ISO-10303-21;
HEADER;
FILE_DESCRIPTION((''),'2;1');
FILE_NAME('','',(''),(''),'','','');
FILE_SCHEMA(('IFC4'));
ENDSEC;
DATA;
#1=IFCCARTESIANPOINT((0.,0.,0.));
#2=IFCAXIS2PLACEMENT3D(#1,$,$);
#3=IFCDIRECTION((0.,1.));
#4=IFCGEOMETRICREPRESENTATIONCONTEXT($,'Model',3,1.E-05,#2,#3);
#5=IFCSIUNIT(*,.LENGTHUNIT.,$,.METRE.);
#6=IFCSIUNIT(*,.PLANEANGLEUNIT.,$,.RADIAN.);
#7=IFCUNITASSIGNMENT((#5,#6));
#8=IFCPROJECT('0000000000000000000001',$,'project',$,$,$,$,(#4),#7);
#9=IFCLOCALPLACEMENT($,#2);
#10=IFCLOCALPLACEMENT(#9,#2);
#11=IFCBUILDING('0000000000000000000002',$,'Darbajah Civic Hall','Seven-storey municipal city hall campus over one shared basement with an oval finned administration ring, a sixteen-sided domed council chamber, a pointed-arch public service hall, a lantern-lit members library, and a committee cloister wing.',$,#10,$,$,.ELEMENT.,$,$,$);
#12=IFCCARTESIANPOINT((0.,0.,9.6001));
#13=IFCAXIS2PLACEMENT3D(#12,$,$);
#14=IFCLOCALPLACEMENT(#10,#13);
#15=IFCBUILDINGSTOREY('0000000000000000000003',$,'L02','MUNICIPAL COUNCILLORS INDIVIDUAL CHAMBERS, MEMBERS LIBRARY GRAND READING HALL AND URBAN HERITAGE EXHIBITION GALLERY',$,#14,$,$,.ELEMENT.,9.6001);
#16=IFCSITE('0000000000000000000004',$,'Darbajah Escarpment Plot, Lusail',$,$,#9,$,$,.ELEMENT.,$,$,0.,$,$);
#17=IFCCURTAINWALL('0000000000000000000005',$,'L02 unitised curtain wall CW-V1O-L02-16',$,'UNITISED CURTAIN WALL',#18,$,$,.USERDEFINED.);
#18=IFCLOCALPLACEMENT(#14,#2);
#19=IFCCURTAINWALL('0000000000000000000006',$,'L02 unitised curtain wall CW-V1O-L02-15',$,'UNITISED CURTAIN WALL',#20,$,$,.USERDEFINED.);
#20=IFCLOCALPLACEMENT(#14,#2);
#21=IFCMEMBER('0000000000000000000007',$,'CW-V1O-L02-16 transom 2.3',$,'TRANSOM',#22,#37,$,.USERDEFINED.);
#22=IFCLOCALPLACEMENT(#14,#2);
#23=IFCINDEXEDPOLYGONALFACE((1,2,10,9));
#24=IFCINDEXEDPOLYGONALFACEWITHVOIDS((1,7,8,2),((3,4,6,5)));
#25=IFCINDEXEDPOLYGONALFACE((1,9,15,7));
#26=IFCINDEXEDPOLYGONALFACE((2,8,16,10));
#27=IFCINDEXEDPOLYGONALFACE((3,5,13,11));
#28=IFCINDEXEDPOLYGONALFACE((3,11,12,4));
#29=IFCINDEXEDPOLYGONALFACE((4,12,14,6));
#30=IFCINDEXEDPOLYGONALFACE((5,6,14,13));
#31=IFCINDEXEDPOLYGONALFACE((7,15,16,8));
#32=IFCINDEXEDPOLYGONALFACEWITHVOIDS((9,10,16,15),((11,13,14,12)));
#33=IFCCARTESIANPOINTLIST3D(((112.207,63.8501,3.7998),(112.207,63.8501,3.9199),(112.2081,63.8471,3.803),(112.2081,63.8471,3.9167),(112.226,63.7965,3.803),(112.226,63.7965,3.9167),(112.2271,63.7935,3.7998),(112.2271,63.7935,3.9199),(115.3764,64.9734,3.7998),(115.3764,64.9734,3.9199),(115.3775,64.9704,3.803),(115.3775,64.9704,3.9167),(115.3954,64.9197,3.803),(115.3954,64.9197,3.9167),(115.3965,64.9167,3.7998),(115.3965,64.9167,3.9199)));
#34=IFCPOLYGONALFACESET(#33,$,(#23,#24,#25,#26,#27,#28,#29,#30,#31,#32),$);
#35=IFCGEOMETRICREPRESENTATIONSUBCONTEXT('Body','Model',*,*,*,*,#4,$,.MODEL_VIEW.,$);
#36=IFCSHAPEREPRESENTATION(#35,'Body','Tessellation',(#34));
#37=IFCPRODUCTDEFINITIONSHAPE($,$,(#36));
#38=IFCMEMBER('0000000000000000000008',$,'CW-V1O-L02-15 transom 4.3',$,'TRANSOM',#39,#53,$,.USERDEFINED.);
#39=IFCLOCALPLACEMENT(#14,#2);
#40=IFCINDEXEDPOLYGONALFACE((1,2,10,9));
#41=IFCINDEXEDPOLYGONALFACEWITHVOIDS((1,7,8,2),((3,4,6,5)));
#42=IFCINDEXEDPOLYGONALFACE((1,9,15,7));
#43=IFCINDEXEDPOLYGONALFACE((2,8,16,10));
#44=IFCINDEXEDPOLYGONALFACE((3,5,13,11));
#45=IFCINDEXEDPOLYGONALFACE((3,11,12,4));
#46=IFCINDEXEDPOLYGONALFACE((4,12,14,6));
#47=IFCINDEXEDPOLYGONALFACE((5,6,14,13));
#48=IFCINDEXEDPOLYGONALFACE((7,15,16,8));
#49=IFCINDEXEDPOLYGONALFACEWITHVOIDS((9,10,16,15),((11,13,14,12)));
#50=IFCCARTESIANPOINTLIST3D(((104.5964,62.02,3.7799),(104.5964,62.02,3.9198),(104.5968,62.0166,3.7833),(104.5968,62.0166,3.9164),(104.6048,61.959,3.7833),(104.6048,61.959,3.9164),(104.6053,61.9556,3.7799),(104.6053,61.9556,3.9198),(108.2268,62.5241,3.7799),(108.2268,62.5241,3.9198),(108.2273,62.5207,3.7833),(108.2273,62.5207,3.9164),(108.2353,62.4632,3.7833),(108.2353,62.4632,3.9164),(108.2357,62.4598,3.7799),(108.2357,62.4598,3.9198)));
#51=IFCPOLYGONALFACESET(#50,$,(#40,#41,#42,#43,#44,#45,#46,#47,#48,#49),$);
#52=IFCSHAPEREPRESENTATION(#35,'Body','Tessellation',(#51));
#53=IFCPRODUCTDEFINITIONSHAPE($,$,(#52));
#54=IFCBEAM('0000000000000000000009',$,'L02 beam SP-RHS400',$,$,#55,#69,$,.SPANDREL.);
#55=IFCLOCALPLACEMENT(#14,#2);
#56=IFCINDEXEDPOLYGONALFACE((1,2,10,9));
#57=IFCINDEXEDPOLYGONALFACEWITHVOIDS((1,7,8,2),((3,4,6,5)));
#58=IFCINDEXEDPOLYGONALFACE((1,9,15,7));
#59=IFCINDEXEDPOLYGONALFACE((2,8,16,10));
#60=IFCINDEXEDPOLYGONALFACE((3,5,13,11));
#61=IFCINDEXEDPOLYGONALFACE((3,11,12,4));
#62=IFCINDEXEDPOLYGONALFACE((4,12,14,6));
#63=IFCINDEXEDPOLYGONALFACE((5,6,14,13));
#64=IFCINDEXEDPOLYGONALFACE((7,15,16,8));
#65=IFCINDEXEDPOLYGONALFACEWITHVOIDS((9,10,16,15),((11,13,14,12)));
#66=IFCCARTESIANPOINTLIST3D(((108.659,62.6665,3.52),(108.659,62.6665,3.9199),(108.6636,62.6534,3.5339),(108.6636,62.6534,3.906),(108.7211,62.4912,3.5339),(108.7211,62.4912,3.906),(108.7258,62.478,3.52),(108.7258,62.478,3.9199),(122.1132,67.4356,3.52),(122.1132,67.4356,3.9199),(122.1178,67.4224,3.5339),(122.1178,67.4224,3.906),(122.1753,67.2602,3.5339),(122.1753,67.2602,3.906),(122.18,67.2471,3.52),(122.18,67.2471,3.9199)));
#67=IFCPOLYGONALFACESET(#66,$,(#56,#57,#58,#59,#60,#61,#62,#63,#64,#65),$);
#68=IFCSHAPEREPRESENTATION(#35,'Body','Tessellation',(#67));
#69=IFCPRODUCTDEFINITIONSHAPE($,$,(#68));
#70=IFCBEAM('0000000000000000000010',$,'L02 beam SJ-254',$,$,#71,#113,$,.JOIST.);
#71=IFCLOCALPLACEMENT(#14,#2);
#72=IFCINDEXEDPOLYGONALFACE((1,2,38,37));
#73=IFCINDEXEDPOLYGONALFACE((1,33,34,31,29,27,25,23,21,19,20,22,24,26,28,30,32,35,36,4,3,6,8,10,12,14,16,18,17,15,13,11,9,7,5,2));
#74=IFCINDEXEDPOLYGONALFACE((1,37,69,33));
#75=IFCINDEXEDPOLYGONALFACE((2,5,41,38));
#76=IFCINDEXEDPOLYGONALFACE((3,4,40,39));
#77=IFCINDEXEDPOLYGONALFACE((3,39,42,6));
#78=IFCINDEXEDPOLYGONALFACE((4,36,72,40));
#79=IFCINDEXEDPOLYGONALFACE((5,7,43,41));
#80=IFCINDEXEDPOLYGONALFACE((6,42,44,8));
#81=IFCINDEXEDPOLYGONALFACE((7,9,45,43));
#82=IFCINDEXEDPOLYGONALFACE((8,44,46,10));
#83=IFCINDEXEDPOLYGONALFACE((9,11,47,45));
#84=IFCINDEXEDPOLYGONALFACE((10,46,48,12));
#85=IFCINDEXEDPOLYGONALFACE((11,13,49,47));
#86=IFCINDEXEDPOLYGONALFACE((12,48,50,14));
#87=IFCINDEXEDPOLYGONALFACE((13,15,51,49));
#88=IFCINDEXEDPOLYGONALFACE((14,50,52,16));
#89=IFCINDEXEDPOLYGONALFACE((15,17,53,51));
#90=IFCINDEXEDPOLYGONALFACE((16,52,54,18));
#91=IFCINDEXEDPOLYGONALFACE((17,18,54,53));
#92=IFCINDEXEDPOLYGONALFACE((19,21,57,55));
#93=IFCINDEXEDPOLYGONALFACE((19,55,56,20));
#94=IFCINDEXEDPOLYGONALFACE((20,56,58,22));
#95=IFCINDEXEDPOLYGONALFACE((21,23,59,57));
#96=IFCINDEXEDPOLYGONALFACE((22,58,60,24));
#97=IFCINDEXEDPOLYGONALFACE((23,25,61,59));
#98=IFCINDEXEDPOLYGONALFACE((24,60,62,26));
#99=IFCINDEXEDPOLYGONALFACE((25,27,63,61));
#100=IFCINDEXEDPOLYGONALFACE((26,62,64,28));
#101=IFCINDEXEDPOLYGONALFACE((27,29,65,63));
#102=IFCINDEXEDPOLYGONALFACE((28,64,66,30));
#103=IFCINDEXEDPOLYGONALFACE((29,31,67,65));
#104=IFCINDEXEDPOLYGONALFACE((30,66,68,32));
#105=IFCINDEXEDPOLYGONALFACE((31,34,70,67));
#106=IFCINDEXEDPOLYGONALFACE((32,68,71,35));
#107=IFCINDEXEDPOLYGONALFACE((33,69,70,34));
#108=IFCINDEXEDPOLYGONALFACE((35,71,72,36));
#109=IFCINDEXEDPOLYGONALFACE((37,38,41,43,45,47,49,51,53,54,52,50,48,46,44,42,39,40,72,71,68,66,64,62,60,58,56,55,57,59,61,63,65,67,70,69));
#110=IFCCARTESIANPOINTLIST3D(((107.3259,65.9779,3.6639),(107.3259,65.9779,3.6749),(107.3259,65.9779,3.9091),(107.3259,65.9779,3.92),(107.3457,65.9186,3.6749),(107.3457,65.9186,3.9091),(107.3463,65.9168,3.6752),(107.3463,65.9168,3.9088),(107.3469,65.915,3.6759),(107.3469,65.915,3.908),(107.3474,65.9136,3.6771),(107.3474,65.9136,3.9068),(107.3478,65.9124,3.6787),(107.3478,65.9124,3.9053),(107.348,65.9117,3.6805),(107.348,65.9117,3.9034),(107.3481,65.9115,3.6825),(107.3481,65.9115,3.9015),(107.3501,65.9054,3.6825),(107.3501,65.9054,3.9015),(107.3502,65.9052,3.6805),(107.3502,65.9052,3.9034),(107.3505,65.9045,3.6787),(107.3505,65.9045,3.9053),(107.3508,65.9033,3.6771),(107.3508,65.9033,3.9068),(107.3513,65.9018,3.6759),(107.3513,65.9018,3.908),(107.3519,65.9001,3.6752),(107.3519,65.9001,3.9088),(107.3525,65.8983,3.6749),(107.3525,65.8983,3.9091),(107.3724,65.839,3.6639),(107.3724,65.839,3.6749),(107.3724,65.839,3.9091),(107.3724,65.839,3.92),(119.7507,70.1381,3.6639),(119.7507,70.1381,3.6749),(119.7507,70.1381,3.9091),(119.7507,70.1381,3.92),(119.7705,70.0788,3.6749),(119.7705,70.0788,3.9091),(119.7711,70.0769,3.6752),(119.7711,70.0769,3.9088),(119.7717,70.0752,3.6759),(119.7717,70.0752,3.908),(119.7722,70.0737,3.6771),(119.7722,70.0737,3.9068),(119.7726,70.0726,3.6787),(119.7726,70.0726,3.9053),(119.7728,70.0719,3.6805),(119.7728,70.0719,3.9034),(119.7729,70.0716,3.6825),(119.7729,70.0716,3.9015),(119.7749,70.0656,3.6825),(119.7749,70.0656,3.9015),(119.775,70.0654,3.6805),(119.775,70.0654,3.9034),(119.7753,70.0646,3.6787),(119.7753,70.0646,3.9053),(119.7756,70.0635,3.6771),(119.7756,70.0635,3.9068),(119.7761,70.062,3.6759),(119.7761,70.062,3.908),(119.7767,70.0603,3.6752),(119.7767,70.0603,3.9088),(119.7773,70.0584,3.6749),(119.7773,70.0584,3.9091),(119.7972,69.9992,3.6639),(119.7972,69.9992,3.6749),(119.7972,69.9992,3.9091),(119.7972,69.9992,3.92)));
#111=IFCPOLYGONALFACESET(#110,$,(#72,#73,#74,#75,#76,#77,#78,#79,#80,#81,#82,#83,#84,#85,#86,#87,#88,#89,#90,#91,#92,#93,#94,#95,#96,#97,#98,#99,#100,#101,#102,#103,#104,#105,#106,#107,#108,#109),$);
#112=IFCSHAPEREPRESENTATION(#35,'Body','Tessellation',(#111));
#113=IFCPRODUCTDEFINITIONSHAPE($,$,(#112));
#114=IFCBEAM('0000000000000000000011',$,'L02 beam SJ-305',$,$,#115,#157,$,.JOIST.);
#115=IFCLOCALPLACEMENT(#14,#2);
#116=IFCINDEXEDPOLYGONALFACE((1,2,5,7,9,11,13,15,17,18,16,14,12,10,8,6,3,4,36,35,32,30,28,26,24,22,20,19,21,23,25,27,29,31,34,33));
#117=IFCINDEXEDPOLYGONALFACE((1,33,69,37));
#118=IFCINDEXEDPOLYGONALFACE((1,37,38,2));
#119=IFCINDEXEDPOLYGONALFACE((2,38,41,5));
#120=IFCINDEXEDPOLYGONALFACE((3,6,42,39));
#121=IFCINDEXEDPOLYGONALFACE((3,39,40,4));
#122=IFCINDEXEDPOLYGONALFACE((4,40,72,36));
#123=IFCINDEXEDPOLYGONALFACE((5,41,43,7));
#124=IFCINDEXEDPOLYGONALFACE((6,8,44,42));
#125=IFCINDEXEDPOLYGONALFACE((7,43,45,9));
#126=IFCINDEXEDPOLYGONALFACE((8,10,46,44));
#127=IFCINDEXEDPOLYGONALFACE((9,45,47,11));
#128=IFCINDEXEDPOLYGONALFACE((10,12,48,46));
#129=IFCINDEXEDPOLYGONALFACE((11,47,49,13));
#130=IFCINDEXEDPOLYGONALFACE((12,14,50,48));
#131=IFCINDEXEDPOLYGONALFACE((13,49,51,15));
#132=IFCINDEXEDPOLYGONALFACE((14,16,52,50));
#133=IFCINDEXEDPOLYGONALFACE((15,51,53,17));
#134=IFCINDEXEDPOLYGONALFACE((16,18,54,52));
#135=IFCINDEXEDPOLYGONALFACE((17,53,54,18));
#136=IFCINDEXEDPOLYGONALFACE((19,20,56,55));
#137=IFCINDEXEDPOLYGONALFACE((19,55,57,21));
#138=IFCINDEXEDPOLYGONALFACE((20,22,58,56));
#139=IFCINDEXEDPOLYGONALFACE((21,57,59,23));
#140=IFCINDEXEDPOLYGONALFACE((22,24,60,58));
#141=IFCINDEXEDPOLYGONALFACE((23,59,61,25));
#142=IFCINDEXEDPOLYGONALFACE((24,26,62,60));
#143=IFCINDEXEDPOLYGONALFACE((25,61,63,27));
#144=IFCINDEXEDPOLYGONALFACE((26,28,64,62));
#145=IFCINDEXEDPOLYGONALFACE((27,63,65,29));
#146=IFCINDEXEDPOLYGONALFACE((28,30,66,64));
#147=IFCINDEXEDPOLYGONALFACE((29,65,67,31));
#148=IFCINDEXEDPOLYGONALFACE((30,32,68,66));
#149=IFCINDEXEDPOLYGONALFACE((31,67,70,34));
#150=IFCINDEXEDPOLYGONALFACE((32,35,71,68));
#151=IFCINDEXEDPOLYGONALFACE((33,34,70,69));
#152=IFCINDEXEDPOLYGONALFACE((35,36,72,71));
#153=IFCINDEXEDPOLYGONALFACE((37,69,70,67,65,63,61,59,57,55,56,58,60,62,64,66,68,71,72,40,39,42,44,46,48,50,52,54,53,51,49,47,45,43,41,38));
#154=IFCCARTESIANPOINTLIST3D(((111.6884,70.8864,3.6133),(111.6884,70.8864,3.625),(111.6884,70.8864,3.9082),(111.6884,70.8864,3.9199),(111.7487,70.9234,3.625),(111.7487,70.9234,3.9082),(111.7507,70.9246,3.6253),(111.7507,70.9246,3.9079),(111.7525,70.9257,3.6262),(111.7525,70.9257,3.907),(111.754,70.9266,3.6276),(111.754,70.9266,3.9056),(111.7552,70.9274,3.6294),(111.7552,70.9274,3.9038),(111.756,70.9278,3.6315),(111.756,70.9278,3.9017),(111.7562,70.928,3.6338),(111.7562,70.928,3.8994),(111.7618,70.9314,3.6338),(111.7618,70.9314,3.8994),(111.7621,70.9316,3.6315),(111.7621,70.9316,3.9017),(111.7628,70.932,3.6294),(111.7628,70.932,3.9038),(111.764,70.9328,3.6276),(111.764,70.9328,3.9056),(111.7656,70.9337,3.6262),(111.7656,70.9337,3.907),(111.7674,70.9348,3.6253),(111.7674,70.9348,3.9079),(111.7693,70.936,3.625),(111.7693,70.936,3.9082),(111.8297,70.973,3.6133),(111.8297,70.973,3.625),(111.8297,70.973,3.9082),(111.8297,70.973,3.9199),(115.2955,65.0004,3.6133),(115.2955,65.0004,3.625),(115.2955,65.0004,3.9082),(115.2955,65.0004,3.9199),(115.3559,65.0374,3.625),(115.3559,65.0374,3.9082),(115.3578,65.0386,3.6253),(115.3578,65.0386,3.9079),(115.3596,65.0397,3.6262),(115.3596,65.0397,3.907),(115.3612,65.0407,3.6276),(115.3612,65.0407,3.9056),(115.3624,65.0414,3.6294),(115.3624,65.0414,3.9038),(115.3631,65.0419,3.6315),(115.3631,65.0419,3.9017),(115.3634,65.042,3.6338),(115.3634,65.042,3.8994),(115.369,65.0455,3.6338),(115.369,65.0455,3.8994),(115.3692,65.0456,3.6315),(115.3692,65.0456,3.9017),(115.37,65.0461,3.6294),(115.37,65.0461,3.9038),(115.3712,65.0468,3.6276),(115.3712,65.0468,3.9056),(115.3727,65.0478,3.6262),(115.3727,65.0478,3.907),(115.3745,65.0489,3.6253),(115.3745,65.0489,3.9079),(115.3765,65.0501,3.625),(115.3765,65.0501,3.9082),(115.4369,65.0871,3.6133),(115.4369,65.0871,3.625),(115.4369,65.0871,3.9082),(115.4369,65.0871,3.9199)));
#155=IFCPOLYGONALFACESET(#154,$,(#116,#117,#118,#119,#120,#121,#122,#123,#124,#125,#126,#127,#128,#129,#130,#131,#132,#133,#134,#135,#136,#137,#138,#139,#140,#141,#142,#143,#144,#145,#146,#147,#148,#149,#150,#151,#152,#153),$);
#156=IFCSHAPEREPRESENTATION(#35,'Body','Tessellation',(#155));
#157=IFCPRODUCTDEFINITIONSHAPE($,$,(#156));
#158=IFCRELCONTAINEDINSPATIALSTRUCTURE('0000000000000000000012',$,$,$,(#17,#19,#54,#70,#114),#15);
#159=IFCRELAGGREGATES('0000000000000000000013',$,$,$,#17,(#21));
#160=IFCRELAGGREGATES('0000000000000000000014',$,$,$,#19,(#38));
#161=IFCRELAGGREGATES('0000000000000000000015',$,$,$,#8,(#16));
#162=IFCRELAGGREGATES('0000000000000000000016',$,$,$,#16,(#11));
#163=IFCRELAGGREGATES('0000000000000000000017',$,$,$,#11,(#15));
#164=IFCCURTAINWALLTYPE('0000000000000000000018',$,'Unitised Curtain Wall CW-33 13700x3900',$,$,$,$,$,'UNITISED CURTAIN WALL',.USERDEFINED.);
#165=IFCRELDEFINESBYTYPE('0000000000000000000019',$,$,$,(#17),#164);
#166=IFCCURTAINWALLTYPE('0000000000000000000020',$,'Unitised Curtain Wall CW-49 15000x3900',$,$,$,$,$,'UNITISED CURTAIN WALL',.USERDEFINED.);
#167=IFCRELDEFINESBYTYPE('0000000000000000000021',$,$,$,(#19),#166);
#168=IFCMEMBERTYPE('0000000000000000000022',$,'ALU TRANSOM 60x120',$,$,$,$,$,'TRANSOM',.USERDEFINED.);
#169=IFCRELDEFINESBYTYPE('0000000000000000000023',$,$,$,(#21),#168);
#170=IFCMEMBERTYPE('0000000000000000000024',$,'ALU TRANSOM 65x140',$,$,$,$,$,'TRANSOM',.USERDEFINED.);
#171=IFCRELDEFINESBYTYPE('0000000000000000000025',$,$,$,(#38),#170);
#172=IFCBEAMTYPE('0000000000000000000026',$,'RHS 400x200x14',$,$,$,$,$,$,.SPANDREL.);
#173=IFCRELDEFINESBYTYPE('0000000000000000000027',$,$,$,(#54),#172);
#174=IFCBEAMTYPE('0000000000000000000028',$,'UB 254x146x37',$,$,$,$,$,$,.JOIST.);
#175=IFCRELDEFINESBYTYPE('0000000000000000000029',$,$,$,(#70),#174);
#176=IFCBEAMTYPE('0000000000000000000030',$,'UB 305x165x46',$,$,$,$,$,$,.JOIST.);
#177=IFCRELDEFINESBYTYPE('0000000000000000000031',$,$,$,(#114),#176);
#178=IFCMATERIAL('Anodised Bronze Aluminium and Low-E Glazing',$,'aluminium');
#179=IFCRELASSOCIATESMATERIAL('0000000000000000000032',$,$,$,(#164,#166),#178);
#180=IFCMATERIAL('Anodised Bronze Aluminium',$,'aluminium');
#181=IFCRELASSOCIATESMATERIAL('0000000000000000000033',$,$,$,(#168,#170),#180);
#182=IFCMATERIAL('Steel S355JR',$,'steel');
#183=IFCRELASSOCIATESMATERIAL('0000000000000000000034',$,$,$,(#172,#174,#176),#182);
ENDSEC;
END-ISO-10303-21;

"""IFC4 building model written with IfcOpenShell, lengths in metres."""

from ifc_helpers import new_model, si_unit, direction, frame, origin, origin_2d, place, context, subcontext, project, spatial, hollow_rectangle, i_section, extrude, material, material_profile, profile_set, type_object, element, aggregate, save


model = new_model("IFC4")

# Units and contexts
model_context = context("Model", 3, precision=1e-05, world=origin(), true_north=direction((0.0, 1.0)))
body_context = subcontext(model_context, "Body", "Model", "MODEL_VIEW")
ifc_project = project(units=[si_unit("LENGTHUNIT", "METRE"), si_unit("PLANEANGLEUNIT", "RADIAN")], contexts=[model_context])

# Site, building, storey
site_placement = place(None, origin())
site = spatial("IfcSite", under=ifc_project, at=site_placement, Name="Darbajah Escarpment Plot, Lusail", CompositionType="ELEMENT", RefElevation=0.0)
building_placement = place(site_placement, origin())
building = spatial("IfcBuilding", under=site, at=building_placement, Name="Darbajah Civic Hall", Description="Seven-storey municipal city hall campus over one shared basement with an oval finned administration ring, a sixteen-sided domed council chamber, a pointed-arch public service hall, a lantern-lit members library, and a committee cloister wing.", CompositionType="ELEMENT")
storey_placement = place(building_placement, frame((0.0, 0.0, 9.6001)))
storey = spatial("IfcBuildingStorey", under=building, at=storey_placement, Name="L02", Description="MUNICIPAL COUNCILLORS INDIVIDUAL CHAMBERS, MEMBERS LIBRARY GRAND READING HALL AND URBAN HERITAGE EXHIBITION GALLERY", CompositionType="ELEMENT", Elevation=9.6001)

# Shared definitions
ifc_material_1 = material(Name="Anodised Bronze Aluminium and Low-E Glazing", Category="aluminium")
ifc_material_2 = material(Name="Anodised Bronze Aluminium", Category="aluminium")

# Curtain wall
curtain_wall_type_1 = type_object("IfcCurtainWallType", Name="Unitised Curtain Wall CW-33 13700x3900", ElementType="UNITISED CURTAIN WALL", PredefinedType="USERDEFINED", material=ifc_material_1)
curtain_wall_1_placement = place(storey_placement, origin())
curtain_wall_1 = element("IfcCurtainWall", 1, at=curtain_wall_1_placement, inside=storey, type_object=curtain_wall_type_1, Name="L02 unitised curtain wall CW-V1O-L02-16", ObjectType="UNITISED CURTAIN WALL", PredefinedType="USERDEFINED")

# Curtain wall
curtain_wall_type_2 = type_object("IfcCurtainWallType", Name="Unitised Curtain Wall CW-49 15000x3900", ElementType="UNITISED CURTAIN WALL", PredefinedType="USERDEFINED", material=ifc_material_1)
curtain_wall_2_placement = place(storey_placement, origin())
curtain_wall_2 = element("IfcCurtainWall", 2, at=curtain_wall_2_placement, inside=storey, type_object=curtain_wall_type_2, Name="L02 unitised curtain wall CW-V1O-L02-15", ObjectType="UNITISED CURTAIN WALL", PredefinedType="USERDEFINED")

# Members
ifc_material_profile_1 = material_profile(ifc_material_2, hollow_rectangle(XDim=0.0601, YDim=0.1201, WallThickness=0.0032, at=origin_2d()), Name="ALU TRANSOM 60x120")
ifc_profile_set_1 = profile_set([ifc_material_profile_1], Name="Anodised Bronze Aluminium")
member_type_1 = type_object("IfcMemberType", Name="ALU TRANSOM 60x120", ElementType="TRANSOM", PredefinedType="USERDEFINED", material=ifc_profile_set_1)
member_1_placement = place(storey_placement, frame((112.217, 63.8218, 3.8599), z_axis=(0.942554, 0.334054, 0.0), x_axis=(-0.334054, 0.942554, 0.0)))
member_1 = element("IfcMember", 3, at=member_1_placement, type_object=member_type_1, Name="CW-V1O-L02-16 transom 2.3", ObjectType="TRANSOM", PredefinedType="USERDEFINED", context=body_context, shape_type="SweptSolid", body=[
    extrude(hollow_rectangle(XDim=0.0601, YDim=0.1201, WallThickness=0.0032, at=origin_2d()), origin(), (0.0, 0.0, 1.0), 3.3625),
])
ifc_material_profile_2 = material_profile(ifc_material_2, hollow_rectangle(XDim=0.0649, YDim=0.1399, WallThickness=0.0034, at=origin_2d()), Name="ALU TRANSOM 65x140")
ifc_profile_set_2 = profile_set([ifc_material_profile_2], Name="Anodised Bronze Aluminium")
member_type_2 = type_object("IfcMemberType", Name="ALU TRANSOM 65x140", ElementType="TRANSOM", PredefinedType="USERDEFINED", material=ifc_profile_set_2)
member_2_placement = place(storey_placement, frame((104.6008, 61.9878, 3.8499), z_axis=(0.990495, 0.13755, 0.0), x_axis=(-0.13755, 0.990495, 0.0)))
member_2 = element("IfcMember", 4, at=member_2_placement, type_object=member_type_2, Name="CW-V1O-L02-15 transom 4.3", ObjectType="TRANSOM", PredefinedType="USERDEFINED", context=body_context, shape_type="SweptSolid", body=[
    extrude(hollow_rectangle(XDim=0.0649, YDim=0.1399, WallThickness=0.0034, at=origin_2d()), origin(), (0.0, 0.0, 1.0), 3.6653),
])

# Beams
ifc_material_3 = material(Name="Steel S355JR", Category="steel")
ifc_material_profile_3 = material_profile(ifc_material_3, hollow_rectangle(XDim=0.2, YDim=0.3999, WallThickness=0.0139, at=origin_2d()), Name="RHS 400x200x14")
ifc_profile_set_3 = profile_set([ifc_material_profile_3], Name="Steel S355JR")
beam_type_1 = type_object("IfcBeamType", Name="RHS 400x200x14", PredefinedType="SPANDREL", material=ifc_profile_set_3)
beam_1_placement = place(storey_placement, frame((108.6924, 62.5723, 3.72), z_axis=(0.942538, 0.334099, 0.0), x_axis=(-0.334099, 0.942538, 0.0)))
element("IfcBeam", 5, at=beam_1_placement, inside=storey, type_object=beam_type_1, Name="L02 beam SP-RHS400", PredefinedType="SPANDREL", context=body_context, shape_type="SweptSolid", body=[
    extrude(hollow_rectangle(XDim=0.2, YDim=0.3999, WallThickness=0.0139, at=origin_2d()), origin(), (0.0, 0.0, 1.0), 14.2744),
])
ifc_material_profile_4 = material_profile(ifc_material_3, i_section(OverallWidth=0.1465, OverallDepth=0.2561, WebThickness=0.0063, FlangeThickness=0.011, FilletRadius=0.0076, at=origin_2d()), Name="UB 254x146x37")
ifc_profile_set_4 = profile_set([ifc_material_profile_4], Name="Steel S355JR")
beam_type_2 = type_object("IfcBeamType", Name="UB 254x146x37", PredefinedType="JOIST", material=ifc_profile_set_4)
beam_2_placement = place(storey_placement, frame((107.3491, 65.9084, 3.792), z_axis=(0.948258, 0.317502, 0.0), x_axis=(-0.317502, 0.948258, 0.0)))
element("IfcBeam", 6, at=beam_2_placement, inside=storey, type_object=beam_type_2, Name="L02 beam SJ-254", PredefinedType="JOIST", context=body_context, shape_type="SweptSolid", body=[
    extrude(i_section(OverallWidth=0.1465, OverallDepth=0.2561, WebThickness=0.0063, FlangeThickness=0.011, FilletRadius=0.0076, at=origin_2d()), origin(), (0.0, 0.0, 1.0), 13.1028),
])
ifc_material_profile_5 = material_profile(ifc_material_3, i_section(OverallWidth=0.1658, OverallDepth=0.3066, WebThickness=0.0066, FlangeThickness=0.0117, FilletRadius=0.0088, at=origin_2d()), Name="UB 305x165x46")
ifc_profile_set_5 = profile_set([ifc_material_profile_5], Name="Steel S355JR")
beam_type_3 = type_object("IfcBeamType", Name="UB 305x165x46", PredefinedType="JOIST", material=ifc_profile_set_5)
beam_3_placement = place(storey_placement, frame((111.759, 70.9297, 3.7666), z_axis=(0.522524, -0.852625, 0.0), x_axis=(0.852625, 0.522524, 0.0)))
element("IfcBeam", 7, at=beam_3_placement, inside=storey, type_object=beam_type_3, Name="L02 beam SJ-305", PredefinedType="JOIST", context=body_context, shape_type="SweptSolid", body=[
    extrude(i_section(OverallWidth=0.1658, OverallDepth=0.3066, WebThickness=0.0066, FlangeThickness=0.0117, FilletRadius=0.0088, at=origin_2d()), origin(), (0.0, 0.0, 1.0), 6.9033),
])

aggregate(curtain_wall_1, [member_1])
aggregate(curtain_wall_2, [member_2])

save(model, "model.ifc")
